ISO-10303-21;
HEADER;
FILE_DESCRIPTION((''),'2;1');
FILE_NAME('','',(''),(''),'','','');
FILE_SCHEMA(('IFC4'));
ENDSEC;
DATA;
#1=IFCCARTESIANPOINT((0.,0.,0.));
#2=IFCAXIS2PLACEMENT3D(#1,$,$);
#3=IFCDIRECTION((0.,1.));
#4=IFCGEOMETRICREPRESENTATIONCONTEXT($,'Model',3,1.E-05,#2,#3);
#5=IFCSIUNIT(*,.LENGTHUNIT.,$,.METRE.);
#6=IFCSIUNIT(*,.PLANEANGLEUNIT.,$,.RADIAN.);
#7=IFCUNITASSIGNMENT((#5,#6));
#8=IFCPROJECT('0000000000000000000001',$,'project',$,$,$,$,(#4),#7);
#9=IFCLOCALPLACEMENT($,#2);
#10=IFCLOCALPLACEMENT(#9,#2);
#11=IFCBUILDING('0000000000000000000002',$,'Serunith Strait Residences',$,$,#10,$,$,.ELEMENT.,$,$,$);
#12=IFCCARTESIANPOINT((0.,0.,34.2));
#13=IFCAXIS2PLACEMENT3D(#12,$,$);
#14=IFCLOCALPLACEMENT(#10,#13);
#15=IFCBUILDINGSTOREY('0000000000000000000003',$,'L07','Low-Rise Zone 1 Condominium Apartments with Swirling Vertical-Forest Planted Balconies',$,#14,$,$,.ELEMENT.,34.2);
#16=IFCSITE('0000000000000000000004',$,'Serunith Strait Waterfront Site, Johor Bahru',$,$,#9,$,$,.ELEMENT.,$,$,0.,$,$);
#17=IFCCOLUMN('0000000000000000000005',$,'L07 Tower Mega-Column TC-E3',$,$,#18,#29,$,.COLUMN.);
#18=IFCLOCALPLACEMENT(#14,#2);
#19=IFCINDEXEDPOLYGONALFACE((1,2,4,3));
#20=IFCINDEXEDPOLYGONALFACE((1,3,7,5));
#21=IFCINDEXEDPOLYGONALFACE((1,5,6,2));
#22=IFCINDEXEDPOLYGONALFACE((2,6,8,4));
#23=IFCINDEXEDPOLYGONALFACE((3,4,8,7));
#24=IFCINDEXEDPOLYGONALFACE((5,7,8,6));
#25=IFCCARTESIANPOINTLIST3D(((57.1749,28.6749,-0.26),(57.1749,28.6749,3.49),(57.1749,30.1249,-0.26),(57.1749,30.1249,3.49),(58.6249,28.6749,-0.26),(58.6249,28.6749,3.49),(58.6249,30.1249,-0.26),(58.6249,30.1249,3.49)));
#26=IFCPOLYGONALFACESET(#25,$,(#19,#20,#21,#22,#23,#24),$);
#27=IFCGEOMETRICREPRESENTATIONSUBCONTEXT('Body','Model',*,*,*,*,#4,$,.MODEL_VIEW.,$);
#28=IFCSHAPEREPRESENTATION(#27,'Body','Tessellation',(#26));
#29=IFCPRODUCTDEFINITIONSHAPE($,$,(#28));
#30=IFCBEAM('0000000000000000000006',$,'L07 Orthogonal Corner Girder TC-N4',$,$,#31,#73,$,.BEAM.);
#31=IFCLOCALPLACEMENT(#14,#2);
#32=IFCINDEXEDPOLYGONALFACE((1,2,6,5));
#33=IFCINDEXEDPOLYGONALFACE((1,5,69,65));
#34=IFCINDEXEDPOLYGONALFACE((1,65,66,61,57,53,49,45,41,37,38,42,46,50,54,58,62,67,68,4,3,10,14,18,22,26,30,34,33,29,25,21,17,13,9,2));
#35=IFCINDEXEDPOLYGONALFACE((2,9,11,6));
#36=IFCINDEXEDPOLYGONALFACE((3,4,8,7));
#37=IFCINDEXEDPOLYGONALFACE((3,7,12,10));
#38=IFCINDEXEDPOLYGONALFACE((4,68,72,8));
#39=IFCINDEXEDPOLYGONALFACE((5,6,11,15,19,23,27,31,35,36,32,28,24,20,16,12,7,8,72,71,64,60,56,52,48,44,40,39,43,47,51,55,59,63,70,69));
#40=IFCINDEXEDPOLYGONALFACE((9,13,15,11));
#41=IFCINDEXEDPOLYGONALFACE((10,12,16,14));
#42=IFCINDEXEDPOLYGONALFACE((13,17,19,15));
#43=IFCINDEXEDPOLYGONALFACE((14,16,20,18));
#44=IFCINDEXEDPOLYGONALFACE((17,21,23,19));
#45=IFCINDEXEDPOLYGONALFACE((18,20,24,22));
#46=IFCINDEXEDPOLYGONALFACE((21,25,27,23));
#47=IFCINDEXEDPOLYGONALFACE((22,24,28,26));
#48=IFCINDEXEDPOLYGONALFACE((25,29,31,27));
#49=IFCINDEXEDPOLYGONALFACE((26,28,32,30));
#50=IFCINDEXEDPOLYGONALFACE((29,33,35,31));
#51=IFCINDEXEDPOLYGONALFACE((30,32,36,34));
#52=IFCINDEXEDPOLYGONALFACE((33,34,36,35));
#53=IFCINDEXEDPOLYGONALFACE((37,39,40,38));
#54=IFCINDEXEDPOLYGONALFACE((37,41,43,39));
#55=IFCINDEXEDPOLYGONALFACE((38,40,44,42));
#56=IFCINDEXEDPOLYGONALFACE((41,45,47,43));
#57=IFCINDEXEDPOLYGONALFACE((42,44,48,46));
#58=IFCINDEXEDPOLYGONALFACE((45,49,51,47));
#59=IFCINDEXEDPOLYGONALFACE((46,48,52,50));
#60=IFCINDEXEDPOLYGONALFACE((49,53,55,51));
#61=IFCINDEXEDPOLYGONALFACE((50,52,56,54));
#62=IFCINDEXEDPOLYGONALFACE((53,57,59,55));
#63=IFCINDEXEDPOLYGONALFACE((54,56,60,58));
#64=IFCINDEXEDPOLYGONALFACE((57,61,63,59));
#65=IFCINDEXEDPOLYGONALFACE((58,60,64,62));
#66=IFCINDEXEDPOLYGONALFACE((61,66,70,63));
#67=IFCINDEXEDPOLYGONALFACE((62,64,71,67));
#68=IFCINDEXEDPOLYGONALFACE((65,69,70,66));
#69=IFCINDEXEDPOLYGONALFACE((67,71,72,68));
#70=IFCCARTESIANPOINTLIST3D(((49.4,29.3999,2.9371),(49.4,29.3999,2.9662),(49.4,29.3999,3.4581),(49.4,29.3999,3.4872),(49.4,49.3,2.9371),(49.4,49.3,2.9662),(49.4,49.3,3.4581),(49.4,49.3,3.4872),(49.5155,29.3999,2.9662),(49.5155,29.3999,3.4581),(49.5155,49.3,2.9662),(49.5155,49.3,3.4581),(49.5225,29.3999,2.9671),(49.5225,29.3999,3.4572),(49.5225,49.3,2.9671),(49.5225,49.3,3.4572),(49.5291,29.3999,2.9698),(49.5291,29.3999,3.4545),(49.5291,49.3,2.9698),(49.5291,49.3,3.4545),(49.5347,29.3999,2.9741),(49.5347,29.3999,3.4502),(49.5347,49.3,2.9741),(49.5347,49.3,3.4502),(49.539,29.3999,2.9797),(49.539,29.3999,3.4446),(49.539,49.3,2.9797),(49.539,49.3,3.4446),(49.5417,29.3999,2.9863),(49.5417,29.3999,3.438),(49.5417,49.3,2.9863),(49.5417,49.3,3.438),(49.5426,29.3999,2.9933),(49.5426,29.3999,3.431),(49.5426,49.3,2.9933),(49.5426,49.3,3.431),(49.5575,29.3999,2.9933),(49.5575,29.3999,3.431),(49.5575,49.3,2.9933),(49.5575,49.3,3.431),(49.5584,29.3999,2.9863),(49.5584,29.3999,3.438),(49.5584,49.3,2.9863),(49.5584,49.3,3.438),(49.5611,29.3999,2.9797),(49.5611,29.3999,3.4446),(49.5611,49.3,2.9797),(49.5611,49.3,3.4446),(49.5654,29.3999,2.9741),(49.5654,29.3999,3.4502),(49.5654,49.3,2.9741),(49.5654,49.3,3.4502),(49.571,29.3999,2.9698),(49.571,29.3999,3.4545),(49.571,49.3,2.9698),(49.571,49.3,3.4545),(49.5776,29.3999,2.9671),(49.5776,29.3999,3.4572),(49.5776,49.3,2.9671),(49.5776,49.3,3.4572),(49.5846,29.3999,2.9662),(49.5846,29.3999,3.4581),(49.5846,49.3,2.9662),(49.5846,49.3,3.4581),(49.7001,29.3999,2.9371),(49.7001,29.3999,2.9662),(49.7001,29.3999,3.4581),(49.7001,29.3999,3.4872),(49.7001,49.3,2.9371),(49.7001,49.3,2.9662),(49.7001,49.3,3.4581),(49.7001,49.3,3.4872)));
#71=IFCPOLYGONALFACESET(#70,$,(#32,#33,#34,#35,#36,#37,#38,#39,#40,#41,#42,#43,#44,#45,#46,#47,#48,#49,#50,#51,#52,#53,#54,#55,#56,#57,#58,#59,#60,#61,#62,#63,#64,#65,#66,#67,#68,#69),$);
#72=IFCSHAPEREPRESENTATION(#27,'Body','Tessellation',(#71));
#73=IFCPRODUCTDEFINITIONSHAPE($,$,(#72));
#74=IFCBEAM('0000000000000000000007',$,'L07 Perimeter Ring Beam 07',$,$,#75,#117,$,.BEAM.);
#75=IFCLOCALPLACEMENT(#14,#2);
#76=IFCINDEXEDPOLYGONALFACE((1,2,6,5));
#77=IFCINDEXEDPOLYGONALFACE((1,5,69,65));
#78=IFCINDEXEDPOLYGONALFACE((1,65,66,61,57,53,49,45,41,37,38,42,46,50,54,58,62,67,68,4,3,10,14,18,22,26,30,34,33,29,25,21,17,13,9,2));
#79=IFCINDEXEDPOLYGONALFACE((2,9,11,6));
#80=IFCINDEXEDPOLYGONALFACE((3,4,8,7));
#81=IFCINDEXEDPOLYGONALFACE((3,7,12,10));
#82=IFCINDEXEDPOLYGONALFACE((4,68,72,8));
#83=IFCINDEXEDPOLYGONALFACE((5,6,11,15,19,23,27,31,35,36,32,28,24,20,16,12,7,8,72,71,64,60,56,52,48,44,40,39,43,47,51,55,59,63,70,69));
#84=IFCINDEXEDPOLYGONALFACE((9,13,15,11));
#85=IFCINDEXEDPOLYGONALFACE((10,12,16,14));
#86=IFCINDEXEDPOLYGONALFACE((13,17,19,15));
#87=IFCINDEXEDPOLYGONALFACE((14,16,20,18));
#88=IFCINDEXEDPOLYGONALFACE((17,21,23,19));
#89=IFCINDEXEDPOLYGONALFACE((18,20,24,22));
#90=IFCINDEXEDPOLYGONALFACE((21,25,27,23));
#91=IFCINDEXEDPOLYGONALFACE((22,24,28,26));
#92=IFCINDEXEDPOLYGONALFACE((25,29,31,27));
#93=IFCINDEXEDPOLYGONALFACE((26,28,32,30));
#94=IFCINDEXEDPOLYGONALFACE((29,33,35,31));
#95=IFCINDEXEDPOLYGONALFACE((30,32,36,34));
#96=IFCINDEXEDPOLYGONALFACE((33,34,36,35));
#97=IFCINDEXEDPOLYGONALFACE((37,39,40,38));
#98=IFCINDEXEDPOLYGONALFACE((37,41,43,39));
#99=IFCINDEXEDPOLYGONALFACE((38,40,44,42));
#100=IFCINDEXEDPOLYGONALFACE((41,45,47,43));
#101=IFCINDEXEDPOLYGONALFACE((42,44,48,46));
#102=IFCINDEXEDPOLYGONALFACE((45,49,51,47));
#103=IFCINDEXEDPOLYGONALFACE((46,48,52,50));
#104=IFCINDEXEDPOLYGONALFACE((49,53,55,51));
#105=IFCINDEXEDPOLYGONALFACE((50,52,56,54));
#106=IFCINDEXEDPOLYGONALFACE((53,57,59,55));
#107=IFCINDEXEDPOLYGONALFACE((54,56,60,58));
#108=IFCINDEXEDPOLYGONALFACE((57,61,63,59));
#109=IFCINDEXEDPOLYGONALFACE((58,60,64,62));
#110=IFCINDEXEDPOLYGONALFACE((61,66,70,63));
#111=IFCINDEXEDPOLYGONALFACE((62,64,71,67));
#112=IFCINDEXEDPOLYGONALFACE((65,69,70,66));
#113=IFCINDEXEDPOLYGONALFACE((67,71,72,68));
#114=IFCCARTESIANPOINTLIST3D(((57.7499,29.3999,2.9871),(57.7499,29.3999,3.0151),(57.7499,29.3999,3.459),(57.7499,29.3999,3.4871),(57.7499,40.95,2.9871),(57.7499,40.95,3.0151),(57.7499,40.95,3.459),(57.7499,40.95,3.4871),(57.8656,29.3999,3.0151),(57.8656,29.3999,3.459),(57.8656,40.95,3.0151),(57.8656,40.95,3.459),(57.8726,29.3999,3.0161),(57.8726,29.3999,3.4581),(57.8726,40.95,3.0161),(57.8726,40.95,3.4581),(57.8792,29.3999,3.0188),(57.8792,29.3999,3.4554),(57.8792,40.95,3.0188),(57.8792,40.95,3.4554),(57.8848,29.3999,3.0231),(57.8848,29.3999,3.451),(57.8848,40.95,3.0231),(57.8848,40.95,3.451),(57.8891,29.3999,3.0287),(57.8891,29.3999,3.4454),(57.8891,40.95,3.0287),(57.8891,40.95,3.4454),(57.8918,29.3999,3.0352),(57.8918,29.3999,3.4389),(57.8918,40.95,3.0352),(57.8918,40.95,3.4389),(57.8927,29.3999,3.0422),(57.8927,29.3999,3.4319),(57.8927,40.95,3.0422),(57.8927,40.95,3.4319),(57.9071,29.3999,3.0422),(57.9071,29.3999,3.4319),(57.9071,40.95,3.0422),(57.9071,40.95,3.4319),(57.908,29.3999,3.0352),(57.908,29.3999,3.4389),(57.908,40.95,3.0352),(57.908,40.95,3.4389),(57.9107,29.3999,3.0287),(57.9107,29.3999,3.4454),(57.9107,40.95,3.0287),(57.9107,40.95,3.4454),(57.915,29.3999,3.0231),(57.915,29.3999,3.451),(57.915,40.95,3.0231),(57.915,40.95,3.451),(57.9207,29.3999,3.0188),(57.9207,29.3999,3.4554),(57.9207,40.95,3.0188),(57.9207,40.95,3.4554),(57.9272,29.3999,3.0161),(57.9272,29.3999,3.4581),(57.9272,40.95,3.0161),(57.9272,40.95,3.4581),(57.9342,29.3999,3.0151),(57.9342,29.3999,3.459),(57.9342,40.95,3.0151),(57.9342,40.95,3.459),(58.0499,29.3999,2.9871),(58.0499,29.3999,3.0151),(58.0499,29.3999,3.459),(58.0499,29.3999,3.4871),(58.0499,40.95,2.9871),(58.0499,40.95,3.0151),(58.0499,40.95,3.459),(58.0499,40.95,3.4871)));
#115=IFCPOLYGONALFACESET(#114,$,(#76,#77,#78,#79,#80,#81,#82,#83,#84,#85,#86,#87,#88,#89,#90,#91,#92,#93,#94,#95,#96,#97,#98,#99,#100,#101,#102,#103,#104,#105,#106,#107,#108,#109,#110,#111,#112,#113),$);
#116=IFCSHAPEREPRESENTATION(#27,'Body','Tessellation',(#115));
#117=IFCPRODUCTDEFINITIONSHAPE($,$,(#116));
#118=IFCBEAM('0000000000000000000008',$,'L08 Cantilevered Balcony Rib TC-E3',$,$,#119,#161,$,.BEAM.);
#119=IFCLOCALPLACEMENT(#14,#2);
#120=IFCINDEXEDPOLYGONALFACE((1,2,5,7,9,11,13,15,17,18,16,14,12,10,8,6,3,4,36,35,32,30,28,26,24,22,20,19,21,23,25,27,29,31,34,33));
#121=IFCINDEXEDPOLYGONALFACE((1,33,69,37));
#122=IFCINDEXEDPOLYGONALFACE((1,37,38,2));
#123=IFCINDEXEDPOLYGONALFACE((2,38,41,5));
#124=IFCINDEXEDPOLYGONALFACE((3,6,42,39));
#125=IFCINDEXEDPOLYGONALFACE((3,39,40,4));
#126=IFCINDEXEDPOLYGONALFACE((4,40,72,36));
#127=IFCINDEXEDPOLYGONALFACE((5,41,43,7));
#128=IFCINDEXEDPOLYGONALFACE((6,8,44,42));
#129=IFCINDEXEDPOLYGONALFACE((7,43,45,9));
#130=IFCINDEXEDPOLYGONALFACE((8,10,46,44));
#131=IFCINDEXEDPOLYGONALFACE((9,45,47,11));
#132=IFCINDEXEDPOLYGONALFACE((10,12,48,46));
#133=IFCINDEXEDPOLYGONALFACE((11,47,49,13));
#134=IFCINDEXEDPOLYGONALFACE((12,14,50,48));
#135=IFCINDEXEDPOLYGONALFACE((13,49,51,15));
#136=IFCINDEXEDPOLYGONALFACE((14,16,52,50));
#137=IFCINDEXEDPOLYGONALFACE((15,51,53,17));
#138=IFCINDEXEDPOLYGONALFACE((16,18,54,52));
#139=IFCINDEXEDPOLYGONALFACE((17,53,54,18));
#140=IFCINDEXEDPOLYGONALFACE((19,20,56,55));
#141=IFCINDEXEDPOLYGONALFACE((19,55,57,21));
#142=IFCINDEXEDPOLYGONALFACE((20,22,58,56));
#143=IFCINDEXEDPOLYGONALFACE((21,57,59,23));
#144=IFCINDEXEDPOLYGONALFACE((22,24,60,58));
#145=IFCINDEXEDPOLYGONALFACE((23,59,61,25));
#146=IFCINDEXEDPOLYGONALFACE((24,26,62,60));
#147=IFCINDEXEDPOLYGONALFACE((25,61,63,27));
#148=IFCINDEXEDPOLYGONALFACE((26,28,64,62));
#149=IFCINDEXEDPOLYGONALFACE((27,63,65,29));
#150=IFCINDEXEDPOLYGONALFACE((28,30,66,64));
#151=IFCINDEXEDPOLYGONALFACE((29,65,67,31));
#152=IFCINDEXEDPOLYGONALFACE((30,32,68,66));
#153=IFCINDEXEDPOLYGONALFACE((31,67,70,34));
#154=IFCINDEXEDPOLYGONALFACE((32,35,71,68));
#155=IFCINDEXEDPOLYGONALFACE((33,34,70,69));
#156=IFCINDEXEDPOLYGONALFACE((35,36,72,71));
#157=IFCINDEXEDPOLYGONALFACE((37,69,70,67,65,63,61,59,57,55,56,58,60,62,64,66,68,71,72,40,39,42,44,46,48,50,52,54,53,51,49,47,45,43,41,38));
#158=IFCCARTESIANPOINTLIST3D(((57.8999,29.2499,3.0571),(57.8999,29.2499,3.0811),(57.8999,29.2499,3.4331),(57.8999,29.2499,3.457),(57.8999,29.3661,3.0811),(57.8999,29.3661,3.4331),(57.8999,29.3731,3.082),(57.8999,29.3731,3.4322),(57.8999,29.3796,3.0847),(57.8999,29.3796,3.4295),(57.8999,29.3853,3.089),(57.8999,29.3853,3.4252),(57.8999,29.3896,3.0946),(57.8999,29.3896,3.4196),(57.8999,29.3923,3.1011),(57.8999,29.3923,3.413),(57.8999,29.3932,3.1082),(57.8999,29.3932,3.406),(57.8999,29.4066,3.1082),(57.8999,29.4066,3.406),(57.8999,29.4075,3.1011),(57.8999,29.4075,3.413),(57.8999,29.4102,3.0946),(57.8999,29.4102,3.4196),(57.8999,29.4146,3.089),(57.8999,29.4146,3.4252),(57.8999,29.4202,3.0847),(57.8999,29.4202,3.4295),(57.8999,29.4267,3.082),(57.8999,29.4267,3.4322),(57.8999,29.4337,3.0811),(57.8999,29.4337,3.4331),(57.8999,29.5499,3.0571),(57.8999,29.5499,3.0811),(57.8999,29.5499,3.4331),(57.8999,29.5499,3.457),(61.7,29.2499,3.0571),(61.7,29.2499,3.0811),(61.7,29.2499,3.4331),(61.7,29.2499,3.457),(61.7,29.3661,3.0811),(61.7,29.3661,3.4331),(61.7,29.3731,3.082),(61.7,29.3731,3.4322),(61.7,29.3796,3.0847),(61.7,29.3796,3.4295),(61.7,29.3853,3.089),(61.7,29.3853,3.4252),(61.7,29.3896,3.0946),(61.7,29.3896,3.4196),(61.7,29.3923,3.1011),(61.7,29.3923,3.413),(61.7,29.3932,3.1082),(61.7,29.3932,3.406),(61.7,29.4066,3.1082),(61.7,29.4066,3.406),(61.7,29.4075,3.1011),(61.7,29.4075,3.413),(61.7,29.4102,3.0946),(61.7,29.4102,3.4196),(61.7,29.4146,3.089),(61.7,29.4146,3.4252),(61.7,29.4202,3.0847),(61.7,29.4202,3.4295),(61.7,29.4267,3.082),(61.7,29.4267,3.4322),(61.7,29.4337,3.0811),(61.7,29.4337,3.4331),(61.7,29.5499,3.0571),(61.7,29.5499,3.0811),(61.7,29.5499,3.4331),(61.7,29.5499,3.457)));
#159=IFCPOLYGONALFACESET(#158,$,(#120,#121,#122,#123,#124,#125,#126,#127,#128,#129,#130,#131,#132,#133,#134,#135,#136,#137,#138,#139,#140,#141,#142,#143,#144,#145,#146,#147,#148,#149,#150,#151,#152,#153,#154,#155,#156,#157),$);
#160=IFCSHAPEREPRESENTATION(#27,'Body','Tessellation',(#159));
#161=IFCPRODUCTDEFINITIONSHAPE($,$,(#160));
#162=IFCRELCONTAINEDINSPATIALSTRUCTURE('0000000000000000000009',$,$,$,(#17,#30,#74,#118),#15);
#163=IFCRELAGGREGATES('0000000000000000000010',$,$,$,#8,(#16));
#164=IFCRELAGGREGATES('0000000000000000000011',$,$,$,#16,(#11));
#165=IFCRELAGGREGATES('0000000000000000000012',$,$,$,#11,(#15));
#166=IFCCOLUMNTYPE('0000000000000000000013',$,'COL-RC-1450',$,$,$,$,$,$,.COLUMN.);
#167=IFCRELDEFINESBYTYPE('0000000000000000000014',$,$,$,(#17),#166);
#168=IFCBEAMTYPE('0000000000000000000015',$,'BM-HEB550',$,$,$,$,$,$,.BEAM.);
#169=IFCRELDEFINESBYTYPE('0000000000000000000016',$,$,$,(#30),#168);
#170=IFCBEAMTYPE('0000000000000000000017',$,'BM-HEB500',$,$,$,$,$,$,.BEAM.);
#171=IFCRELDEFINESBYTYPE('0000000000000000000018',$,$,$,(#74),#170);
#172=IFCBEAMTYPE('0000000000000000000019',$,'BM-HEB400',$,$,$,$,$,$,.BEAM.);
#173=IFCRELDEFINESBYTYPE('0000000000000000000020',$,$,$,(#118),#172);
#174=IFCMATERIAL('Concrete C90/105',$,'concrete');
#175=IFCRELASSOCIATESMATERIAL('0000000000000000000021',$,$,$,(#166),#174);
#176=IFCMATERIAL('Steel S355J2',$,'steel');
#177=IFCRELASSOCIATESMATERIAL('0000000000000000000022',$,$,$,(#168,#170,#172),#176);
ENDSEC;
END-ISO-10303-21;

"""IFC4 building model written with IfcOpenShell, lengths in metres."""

from ifc_helpers import new_model, si_unit, direction, frame, origin, origin_2d, place, context, subcontext, project, spatial, rectangle, i_section, extrude, source, transform, mapped, material, material_profile, profile_set, type_object, element, save


model = new_model("IFC4")

# Units and contexts
model_context = context("Model", 3, precision=1e-05, world=origin(), true_north=direction((0.0, 1.0)))
body_context = subcontext(model_context, "Body", "Model", "MODEL_VIEW")
ifc_project = project(units=[si_unit("LENGTHUNIT", "METRE"), si_unit("PLANEANGLEUNIT", "RADIAN")], contexts=[model_context])

# Site, building, storey
site_placement = place(None, origin())
site = spatial("IfcSite", under=ifc_project, at=site_placement, Name="Serunith Strait Waterfront Site, Johor Bahru", CompositionType="ELEMENT", RefElevation=0.0)
building_placement = place(site_placement, origin())
building = spatial("IfcBuilding", under=site, at=building_placement, Name="Serunith Strait Residences", CompositionType="ELEMENT")
storey_placement = place(building_placement, frame((0.0, 0.0, 34.2)))
storey = spatial("IfcBuildingStorey", under=building, at=storey_placement, Name="L07", Description="Low-Rise Zone 1 Condominium Apartments with Swirling Vertical-Forest Planted Balconies", CompositionType="ELEMENT", Elevation=34.2)

# Column
ifc_material_1 = material(Name="Concrete C90/105", Category="concrete")
ifc_material_profile_1 = material_profile(ifc_material_1, rectangle(XDim=1.45, YDim=1.45, at=origin_2d()), Name="RC 1450x1450")
ifc_profile_set_1 = profile_set([ifc_material_profile_1], Name="Concrete C90/105")
column_type = type_object("IfcColumnType", Name="COL-RC-1450", PredefinedType="COLUMN", material=ifc_profile_set_1)
shared_shape_1 = source(origin(), body_context, "Body", "SweptSolid", [
    extrude(rectangle(XDim=1.45, YDim=1.45, at=origin_2d()), origin(), (0.0, 0.0, 1.0), 3.75),
])
column_placement = place(storey_placement, frame((57.8999, 29.3999, -0.26), z_axis=(0.0, 0.0, 1.0), x_axis=(1.0, 0.0, 0.0)))
element("IfcColumn", 1, at=column_placement, inside=storey, type_object=column_type, Name="L07 Tower Mega-Column TC-E3", PredefinedType="COLUMN", context=body_context, shape_type="MappedRepresentation", body=[
    mapped(shared_shape_1, transform((0.0, 0.0, 0.0), scale=1.0)),
])

# Beams
ifc_material_2 = material(Name="Steel S355J2", Category="steel")
ifc_material_profile_2 = material_profile(ifc_material_2, i_section(OverallWidth=0.3, OverallDepth=0.55, WebThickness=0.0149, FlangeThickness=0.0291, FilletRadius=0.0271, at=origin_2d()), Name="HEB 550")
ifc_profile_set_2 = profile_set([ifc_material_profile_2], Name="Steel S355J2")
beam_type_1 = type_object("IfcBeamType", Name="BM-HEB550", PredefinedType="BEAM", material=ifc_profile_set_2)
shared_shape_2 = source(origin(), body_context, "Body", "SweptSolid", [
    extrude(i_section(OverallWidth=0.3, OverallDepth=0.55, WebThickness=0.0149, FlangeThickness=0.0291, FilletRadius=0.0271, at=origin_2d()), origin(), (0.0, 0.0, 1.0), 19.9001),
])
beam_1_placement = place(storey_placement, frame((49.55, 29.3999, 3.2122), z_axis=(0.0, 1.0, 0.0), x_axis=(-1.0, 0.0, 0.0)))
element("IfcBeam", 2, at=beam_1_placement, inside=storey, type_object=beam_type_1, Name="L07 Orthogonal Corner Girder TC-N4", PredefinedType="BEAM", context=body_context, shape_type="MappedRepresentation", body=[
    mapped(shared_shape_2, transform((0.0, 0.0, 0.0), scale=1.0)),
])
ifc_material_profile_3 = material_profile(ifc_material_2, i_section(OverallWidth=0.3, OverallDepth=0.5, WebThickness=0.0144, FlangeThickness=0.0281, FilletRadius=0.0271, at=origin_2d()), Name="HEB 500")
ifc_profile_set_3 = profile_set([ifc_material_profile_3], Name="Steel S355J2")
beam_type_2 = type_object("IfcBeamType", Name="BM-HEB500", PredefinedType="BEAM", material=ifc_profile_set_3)
shared_shape_3 = source(origin(), body_context, "Body", "SweptSolid", [
    extrude(i_section(OverallWidth=0.3, OverallDepth=0.5, WebThickness=0.0144, FlangeThickness=0.0281, FilletRadius=0.0271, at=origin_2d()), origin(), (0.0, 0.0, 1.0), 11.55),
])
beam_2_placement = place(storey_placement, frame((57.8999, 29.3999, 3.2371), z_axis=(0.0, 1.0, 0.0), x_axis=(-1.0, 0.0, 0.0)))
element("IfcBeam", 3, at=beam_2_placement, inside=storey, type_object=beam_type_2, Name="L07 Perimeter Ring Beam 07", PredefinedType="BEAM", context=body_context, shape_type="MappedRepresentation", body=[
    mapped(shared_shape_3, transform((0.0, 0.0, 0.0), scale=1.0)),
])
ifc_material_profile_4 = material_profile(ifc_material_2, i_section(OverallWidth=0.3, OverallDepth=0.3999, WebThickness=0.0134, FlangeThickness=0.0239, FilletRadius=0.0271, at=origin_2d()), Name="HEB 400")
ifc_profile_set_4 = profile_set([ifc_material_profile_4], Name="Steel S355J2")
beam_type_3 = type_object("IfcBeamType", Name="BM-HEB400", PredefinedType="BEAM", material=ifc_profile_set_4)
shared_shape_4 = source(origin(), body_context, "Body", "SweptSolid", [
    extrude(i_section(OverallWidth=0.3, OverallDepth=0.3999, WebThickness=0.0134, FlangeThickness=0.0239, FilletRadius=0.0271, at=origin_2d()), origin(), (0.0, 0.0, 1.0), 3.8),
])
beam_3_placement = place(storey_placement, frame((57.8999, 29.3999, 3.2571), z_axis=(1.0, 0.0, 0.0), x_axis=(0.0, 1.0, 0.0)))
element("IfcBeam", 4, at=beam_3_placement, inside=storey, type_object=beam_type_3, Name="L08 Cantilevered Balcony Rib TC-E3", PredefinedType="BEAM", context=body_context, shape_type="MappedRepresentation", body=[
    mapped(shared_shape_4, transform((0.0, 0.0, 0.0), scale=1.0)),
])

save(model, "model.ifc")
